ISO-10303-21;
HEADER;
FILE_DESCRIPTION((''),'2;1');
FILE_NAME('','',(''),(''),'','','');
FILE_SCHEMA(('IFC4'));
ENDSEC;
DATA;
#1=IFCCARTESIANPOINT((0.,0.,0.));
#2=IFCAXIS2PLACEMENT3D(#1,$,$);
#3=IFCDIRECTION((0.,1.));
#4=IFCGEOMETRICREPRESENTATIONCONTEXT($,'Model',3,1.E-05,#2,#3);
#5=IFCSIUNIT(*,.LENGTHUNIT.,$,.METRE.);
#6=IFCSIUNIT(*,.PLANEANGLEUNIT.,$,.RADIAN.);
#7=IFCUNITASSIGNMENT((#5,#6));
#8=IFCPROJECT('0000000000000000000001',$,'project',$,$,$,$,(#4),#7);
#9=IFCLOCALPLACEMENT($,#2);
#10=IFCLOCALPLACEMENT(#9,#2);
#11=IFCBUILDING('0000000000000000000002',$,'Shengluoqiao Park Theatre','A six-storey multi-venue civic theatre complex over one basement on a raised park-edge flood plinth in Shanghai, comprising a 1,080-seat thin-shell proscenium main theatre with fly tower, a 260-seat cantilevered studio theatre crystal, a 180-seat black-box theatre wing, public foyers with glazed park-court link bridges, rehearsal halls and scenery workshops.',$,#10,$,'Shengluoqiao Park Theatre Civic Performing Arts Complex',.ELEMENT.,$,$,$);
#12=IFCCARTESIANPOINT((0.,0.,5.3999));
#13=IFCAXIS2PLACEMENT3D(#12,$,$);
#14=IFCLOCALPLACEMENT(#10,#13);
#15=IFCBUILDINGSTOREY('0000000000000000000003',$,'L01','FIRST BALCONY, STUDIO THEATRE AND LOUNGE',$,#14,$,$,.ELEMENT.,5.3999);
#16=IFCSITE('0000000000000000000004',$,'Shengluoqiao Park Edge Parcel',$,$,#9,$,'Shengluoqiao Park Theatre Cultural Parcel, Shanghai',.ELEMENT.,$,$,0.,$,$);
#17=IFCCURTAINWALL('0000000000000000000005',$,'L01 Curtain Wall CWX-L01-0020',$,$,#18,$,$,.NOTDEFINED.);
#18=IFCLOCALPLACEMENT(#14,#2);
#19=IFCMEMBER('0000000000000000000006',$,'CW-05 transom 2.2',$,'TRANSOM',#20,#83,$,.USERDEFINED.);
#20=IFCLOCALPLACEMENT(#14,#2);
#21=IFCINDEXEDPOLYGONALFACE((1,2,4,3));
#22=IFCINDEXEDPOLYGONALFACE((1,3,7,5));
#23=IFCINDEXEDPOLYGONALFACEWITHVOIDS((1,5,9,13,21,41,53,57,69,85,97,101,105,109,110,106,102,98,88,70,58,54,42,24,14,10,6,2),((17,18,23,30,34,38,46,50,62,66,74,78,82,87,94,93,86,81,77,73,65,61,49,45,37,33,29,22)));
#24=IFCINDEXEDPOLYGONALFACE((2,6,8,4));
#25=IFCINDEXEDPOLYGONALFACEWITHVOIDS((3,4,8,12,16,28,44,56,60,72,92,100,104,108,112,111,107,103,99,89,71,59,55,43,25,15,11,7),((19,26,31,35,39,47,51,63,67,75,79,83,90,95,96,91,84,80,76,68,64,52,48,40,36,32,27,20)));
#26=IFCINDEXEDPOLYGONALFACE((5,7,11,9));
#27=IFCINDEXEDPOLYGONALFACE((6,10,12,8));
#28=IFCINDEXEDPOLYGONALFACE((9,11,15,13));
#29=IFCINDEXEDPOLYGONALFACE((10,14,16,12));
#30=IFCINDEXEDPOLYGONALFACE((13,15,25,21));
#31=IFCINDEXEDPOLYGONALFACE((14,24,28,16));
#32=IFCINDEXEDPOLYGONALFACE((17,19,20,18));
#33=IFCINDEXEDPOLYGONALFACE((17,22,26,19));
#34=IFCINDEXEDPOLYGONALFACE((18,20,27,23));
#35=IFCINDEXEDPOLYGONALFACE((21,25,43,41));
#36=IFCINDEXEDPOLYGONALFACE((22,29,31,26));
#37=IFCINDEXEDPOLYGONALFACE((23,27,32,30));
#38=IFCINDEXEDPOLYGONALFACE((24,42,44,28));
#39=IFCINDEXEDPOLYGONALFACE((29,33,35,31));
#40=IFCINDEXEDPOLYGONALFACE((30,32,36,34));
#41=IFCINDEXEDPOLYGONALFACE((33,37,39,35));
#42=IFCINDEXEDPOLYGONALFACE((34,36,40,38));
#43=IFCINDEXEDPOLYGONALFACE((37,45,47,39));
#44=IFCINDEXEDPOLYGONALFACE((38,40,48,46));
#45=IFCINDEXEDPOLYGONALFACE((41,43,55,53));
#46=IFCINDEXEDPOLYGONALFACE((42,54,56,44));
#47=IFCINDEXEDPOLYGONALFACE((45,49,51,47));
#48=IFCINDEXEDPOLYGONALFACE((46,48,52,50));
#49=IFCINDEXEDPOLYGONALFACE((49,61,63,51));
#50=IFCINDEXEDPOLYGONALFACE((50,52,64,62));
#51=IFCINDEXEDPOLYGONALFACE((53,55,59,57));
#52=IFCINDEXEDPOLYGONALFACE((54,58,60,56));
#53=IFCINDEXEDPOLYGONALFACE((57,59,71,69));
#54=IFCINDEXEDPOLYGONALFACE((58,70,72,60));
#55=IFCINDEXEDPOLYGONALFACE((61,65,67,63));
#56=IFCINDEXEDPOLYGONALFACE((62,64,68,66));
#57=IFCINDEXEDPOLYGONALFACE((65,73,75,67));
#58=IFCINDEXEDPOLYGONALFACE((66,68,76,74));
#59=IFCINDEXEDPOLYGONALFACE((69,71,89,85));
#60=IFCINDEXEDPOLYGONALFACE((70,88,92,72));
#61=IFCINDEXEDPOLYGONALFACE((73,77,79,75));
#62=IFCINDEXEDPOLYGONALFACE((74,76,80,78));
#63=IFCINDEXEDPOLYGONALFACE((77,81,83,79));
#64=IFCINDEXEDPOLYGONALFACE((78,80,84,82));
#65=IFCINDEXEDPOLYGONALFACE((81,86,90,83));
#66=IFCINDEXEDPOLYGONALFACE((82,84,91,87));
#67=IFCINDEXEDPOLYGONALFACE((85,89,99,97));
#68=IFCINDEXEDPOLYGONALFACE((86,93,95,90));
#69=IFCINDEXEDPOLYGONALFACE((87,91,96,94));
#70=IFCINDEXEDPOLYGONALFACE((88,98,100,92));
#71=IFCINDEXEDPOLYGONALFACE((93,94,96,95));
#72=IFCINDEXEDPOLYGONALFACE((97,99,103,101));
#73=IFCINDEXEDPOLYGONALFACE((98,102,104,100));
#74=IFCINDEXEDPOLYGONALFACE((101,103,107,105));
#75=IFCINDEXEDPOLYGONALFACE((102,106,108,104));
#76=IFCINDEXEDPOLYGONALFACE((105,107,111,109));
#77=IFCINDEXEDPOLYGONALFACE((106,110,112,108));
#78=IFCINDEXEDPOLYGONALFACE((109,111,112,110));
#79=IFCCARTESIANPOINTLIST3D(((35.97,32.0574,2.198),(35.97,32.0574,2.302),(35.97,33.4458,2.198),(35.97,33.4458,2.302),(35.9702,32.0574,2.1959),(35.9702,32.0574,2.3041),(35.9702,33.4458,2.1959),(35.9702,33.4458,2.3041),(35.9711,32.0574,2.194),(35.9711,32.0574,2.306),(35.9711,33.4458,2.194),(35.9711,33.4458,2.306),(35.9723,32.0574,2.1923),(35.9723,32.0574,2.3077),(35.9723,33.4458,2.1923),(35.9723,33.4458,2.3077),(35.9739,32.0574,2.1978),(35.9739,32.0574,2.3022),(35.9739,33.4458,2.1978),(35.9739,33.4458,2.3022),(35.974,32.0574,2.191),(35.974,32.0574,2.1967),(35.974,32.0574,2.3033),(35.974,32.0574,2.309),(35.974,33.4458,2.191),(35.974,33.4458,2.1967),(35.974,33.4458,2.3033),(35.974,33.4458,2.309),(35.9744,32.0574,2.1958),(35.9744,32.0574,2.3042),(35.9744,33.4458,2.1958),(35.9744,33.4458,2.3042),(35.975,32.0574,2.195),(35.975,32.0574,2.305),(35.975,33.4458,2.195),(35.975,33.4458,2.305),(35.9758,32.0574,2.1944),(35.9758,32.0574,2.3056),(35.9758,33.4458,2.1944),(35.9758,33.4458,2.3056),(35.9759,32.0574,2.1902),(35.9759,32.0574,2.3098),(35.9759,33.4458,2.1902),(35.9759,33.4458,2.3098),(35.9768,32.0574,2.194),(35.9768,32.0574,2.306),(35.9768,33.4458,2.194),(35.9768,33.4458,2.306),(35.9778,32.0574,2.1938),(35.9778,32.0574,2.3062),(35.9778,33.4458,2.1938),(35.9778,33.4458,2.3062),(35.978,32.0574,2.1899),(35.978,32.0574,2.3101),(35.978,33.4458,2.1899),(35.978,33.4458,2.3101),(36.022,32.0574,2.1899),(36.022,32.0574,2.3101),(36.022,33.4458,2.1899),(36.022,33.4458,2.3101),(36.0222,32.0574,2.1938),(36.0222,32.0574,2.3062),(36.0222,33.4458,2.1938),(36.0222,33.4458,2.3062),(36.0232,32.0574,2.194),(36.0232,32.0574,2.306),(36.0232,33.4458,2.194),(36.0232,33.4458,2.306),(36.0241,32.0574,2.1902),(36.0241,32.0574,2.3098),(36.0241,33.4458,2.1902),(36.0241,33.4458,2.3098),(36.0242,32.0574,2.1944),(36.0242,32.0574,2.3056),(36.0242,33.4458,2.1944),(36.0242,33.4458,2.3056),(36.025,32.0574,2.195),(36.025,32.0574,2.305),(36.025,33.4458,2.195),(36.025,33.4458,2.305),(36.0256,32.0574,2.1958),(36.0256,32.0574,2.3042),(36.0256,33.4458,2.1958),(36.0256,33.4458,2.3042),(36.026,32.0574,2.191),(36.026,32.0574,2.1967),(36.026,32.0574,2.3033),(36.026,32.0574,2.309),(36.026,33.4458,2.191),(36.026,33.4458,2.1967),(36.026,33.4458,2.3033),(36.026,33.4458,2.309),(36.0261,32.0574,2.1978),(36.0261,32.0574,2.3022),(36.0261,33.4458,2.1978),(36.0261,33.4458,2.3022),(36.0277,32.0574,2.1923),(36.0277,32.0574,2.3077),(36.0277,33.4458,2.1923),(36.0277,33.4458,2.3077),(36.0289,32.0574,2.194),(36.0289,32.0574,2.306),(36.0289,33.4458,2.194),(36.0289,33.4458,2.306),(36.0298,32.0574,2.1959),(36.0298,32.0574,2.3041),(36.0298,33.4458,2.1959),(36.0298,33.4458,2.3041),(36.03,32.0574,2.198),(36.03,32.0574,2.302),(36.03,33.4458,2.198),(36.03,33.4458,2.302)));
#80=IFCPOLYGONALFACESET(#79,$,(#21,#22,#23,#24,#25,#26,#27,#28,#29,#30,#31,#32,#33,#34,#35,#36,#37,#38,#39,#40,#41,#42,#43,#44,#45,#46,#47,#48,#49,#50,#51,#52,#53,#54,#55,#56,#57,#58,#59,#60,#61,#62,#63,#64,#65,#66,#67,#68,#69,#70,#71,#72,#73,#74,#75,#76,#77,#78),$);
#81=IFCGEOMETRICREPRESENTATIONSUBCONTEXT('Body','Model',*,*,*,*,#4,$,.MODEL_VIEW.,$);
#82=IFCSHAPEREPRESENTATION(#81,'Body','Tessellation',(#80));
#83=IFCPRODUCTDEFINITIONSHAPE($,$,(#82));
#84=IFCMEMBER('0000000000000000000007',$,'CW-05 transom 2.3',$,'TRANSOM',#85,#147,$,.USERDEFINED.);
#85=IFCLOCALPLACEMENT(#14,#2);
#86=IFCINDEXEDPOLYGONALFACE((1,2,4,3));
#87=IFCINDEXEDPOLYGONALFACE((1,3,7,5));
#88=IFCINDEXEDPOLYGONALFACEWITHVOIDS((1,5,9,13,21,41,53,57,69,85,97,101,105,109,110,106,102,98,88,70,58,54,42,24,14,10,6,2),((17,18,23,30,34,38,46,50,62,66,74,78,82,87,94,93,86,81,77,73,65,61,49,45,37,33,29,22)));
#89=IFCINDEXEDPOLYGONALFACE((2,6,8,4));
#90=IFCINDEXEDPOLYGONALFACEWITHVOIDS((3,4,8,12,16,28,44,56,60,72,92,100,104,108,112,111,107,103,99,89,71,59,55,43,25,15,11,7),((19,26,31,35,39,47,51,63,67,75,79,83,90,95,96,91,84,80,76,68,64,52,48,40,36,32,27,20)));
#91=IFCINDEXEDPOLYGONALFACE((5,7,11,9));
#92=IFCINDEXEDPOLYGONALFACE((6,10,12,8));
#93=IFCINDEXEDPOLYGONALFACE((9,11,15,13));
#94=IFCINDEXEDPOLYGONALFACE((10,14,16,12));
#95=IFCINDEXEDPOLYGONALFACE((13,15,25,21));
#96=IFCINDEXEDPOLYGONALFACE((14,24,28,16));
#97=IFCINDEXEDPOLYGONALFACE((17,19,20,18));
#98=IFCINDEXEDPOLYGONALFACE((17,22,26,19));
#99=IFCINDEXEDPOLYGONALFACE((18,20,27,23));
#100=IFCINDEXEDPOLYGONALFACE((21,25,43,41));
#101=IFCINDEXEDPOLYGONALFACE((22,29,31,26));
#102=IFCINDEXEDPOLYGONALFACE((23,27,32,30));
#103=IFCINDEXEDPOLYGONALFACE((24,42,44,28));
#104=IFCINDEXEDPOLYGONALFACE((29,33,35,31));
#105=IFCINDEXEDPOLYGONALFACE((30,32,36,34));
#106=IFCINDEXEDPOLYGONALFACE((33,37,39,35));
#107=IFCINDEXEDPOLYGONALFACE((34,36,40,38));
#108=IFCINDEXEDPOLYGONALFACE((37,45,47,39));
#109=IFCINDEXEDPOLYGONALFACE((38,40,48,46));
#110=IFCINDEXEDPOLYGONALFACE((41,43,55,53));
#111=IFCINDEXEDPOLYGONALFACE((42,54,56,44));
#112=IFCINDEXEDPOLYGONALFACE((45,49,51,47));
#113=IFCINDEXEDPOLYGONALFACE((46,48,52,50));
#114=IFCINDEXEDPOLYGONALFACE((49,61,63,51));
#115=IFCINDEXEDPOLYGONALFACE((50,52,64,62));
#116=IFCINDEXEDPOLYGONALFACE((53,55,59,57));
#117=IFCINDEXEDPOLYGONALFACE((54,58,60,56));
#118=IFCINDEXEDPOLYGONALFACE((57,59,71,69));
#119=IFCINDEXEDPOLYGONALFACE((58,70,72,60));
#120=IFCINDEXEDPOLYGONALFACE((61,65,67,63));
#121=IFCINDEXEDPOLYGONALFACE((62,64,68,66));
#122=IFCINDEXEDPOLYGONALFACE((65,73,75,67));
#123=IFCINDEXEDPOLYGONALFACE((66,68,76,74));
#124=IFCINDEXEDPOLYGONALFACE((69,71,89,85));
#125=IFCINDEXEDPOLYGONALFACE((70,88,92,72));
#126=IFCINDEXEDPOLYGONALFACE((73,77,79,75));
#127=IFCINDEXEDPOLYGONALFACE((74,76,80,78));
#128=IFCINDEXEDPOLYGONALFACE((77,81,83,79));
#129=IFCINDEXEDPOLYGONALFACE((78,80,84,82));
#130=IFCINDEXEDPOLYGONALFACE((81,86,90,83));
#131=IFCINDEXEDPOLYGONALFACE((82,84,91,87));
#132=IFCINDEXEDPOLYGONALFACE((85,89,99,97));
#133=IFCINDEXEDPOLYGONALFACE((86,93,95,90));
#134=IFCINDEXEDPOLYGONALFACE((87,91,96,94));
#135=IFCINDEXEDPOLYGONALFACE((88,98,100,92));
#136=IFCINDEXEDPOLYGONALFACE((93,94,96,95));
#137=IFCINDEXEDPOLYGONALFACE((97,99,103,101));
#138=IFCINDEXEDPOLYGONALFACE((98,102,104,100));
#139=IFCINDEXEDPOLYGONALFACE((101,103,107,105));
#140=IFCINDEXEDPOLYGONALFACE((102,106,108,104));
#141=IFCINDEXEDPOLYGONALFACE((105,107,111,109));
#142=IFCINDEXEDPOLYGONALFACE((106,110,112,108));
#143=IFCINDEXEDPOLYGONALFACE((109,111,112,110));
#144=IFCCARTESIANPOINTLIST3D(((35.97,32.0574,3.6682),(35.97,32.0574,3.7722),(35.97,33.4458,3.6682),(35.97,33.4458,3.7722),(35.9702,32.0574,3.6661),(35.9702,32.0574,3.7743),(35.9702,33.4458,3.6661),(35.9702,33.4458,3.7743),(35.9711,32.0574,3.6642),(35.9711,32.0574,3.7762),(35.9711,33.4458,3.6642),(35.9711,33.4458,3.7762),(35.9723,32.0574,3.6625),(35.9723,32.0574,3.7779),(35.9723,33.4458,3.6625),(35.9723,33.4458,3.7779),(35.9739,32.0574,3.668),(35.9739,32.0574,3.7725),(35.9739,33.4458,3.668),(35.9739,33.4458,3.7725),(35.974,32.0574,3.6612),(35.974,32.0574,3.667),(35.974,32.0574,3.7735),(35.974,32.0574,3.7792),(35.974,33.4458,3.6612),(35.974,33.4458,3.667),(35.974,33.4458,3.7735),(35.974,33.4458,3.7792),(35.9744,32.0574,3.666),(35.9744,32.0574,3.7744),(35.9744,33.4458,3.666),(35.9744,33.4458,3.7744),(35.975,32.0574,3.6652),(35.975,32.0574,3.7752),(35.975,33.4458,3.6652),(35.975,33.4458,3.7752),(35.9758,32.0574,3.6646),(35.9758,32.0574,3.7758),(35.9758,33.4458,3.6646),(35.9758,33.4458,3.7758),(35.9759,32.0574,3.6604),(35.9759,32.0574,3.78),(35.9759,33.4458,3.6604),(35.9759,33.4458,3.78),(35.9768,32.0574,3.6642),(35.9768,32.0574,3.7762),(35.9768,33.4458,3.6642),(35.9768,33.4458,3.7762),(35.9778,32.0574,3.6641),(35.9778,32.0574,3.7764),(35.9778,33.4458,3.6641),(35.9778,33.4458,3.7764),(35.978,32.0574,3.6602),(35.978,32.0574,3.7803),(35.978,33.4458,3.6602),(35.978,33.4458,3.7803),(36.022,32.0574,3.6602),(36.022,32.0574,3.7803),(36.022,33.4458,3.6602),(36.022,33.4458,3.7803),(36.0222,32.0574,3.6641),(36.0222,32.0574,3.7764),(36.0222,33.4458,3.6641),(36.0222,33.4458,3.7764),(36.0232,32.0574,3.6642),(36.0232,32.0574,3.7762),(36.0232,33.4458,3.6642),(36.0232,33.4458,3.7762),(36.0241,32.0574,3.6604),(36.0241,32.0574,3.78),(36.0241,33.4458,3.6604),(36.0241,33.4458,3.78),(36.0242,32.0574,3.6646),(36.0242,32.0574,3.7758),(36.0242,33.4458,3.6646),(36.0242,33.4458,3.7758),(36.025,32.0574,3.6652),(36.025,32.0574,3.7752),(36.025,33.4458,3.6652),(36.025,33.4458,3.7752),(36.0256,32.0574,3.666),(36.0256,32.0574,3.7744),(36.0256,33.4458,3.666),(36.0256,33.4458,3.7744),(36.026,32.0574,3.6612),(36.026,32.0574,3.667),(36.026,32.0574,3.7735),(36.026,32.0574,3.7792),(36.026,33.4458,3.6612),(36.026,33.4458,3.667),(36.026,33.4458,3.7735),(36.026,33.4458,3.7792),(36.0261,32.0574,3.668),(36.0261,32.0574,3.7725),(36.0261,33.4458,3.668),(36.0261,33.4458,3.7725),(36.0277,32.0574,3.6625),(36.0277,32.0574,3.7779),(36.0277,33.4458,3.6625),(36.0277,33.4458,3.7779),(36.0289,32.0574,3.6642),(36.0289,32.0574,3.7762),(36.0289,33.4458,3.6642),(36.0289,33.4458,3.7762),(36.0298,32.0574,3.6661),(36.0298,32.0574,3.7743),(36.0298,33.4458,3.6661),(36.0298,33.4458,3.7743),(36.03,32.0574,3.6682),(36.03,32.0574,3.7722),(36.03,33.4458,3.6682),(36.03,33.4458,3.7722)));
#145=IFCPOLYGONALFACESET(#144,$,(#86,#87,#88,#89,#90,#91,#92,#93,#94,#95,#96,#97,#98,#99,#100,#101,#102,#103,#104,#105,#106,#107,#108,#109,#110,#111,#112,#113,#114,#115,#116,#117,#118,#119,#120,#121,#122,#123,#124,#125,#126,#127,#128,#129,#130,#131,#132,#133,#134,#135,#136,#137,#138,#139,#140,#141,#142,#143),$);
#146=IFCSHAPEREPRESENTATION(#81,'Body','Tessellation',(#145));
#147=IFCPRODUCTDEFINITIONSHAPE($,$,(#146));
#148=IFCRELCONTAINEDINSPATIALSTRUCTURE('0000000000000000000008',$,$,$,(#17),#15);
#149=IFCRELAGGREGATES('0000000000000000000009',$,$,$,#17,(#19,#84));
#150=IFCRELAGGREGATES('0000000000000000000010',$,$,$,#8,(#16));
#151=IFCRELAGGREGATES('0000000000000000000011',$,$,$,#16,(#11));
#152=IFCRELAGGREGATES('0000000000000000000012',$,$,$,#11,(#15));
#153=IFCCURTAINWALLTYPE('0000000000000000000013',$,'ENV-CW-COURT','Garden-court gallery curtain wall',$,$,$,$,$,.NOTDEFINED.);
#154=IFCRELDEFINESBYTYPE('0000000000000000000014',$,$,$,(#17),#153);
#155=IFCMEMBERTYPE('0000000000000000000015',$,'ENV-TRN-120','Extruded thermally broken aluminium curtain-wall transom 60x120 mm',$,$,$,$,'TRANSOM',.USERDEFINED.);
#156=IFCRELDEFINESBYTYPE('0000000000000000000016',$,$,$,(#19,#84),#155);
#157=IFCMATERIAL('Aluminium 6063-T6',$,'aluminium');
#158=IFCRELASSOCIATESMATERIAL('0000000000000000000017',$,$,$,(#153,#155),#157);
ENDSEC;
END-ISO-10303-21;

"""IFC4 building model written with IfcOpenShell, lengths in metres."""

from ifc_helpers import new_model, si_unit, direction, frame, origin, origin_2d, place, context, subcontext, project, spatial, hollow_rectangle, extrude, material, material_profile, profile_set, type_object, element, aggregate, save


model = new_model("IFC4")

# Units and contexts
model_context = context("Model", 3, precision=1e-05, world=origin(), true_north=direction((0.0, 1.0)))
body_context = subcontext(model_context, "Body", "Model", "MODEL_VIEW")
ifc_project = project(units=[si_unit("LENGTHUNIT", "METRE"), si_unit("PLANEANGLEUNIT", "RADIAN")], contexts=[model_context])

# Site, building, storey
site_placement = place(None, origin())
site = spatial("IfcSite", under=ifc_project, at=site_placement, Name="Shengluoqiao Park Edge Parcel", LongName="Shengluoqiao Park Theatre Cultural Parcel, Shanghai", CompositionType="ELEMENT", RefElevation=0.0)
building_placement = place(site_placement, origin())
building = spatial("IfcBuilding", under=site, at=building_placement, Name="Shengluoqiao Park Theatre", Description="A six-storey multi-venue civic theatre complex over one basement on a raised park-edge flood plinth in Shanghai, comprising a 1,080-seat thin-shell proscenium main theatre with fly tower, a 260-seat cantilevered studio theatre crystal, a 180-seat black-box theatre wing, public foyers with glazed park-court link bridges, rehearsal halls and scenery workshops.", LongName="Shengluoqiao Park Theatre Civic Performing Arts Complex", CompositionType="ELEMENT")
storey_placement = place(building_placement, frame((0.0, 0.0, 5.3999)))
storey = spatial("IfcBuildingStorey", under=building, at=storey_placement, Name="L01", Description="FIRST BALCONY, STUDIO THEATRE AND LOUNGE", CompositionType="ELEMENT", Elevation=5.3999)

# Curtain wall
ifc_material_1 = material(Name="Aluminium 6063-T6", Category="aluminium")
curtain_wall_type = type_object("IfcCurtainWallType", Name="ENV-CW-COURT", Description="Garden-court gallery curtain wall", PredefinedType="NOTDEFINED", material=ifc_material_1)
curtain_wall_1_placement = place(storey_placement, origin())
curtain_wall_1 = element("IfcCurtainWall", 1, at=curtain_wall_1_placement, inside=storey, type_object=curtain_wall_type, Name="L01 Curtain Wall CWX-L01-0020", PredefinedType="NOTDEFINED")

# Members
ifc_material_profile_1 = material_profile(ifc_material_1, hollow_rectangle(XDim=0.0601, YDim=0.1201, WallThickness=0.0039, InnerFilletRadius=0.0039, OuterFilletRadius=0.0081, at=origin_2d()), Name="ALU TRANSOM 120x60x4")
ifc_profile_set_1 = profile_set([ifc_material_profile_1], Name="Aluminium 6063-T6")
member_type_1 = type_object("IfcMemberType", Name="ENV-TRN-120", Description="Extruded thermally broken aluminium curtain-wall transom 60x120 mm", ElementType="TRANSOM", PredefinedType="USERDEFINED", material=ifc_profile_set_1)
member_1_placement = place(storey_placement, frame((36.0, 32.0574, 2.25), z_axis=(0.0, 1.0, 0.0), x_axis=(-1.0, 0.0, 0.0)))
member_1 = element("IfcMember", 2, at=member_1_placement, type_object=member_type_1, Name="CW-05 transom 2.2", ObjectType="TRANSOM", PredefinedType="USERDEFINED", context=body_context, shape_type="SweptSolid", body=[
    extrude(hollow_rectangle(XDim=0.0601, YDim=0.1201, WallThickness=0.0039, InnerFilletRadius=0.0039, OuterFilletRadius=0.0081, at=origin_2d()), origin(), (0.0, 0.0, 1.0), 1.3884),
])
member_2_placement = place(storey_placement, frame((36.0, 32.0574, 3.7202), z_axis=(0.0, 1.0, 0.0), x_axis=(-1.0, 0.0, 0.0)))
member_2 = element("IfcMember", 3, at=member_2_placement, type_object=member_type_1, Name="CW-05 transom 2.3", ObjectType="TRANSOM", PredefinedType="USERDEFINED", context=body_context, shape_type="SweptSolid", body=[
    extrude(hollow_rectangle(XDim=0.0601, YDim=0.1201, WallThickness=0.0039, InnerFilletRadius=0.0039, OuterFilletRadius=0.0081, at=origin_2d()), origin(), (0.0, 0.0, 1.0), 1.3884),
])

aggregate(curtain_wall_1, [member_1, member_2])

save(model, "model.ifc")
